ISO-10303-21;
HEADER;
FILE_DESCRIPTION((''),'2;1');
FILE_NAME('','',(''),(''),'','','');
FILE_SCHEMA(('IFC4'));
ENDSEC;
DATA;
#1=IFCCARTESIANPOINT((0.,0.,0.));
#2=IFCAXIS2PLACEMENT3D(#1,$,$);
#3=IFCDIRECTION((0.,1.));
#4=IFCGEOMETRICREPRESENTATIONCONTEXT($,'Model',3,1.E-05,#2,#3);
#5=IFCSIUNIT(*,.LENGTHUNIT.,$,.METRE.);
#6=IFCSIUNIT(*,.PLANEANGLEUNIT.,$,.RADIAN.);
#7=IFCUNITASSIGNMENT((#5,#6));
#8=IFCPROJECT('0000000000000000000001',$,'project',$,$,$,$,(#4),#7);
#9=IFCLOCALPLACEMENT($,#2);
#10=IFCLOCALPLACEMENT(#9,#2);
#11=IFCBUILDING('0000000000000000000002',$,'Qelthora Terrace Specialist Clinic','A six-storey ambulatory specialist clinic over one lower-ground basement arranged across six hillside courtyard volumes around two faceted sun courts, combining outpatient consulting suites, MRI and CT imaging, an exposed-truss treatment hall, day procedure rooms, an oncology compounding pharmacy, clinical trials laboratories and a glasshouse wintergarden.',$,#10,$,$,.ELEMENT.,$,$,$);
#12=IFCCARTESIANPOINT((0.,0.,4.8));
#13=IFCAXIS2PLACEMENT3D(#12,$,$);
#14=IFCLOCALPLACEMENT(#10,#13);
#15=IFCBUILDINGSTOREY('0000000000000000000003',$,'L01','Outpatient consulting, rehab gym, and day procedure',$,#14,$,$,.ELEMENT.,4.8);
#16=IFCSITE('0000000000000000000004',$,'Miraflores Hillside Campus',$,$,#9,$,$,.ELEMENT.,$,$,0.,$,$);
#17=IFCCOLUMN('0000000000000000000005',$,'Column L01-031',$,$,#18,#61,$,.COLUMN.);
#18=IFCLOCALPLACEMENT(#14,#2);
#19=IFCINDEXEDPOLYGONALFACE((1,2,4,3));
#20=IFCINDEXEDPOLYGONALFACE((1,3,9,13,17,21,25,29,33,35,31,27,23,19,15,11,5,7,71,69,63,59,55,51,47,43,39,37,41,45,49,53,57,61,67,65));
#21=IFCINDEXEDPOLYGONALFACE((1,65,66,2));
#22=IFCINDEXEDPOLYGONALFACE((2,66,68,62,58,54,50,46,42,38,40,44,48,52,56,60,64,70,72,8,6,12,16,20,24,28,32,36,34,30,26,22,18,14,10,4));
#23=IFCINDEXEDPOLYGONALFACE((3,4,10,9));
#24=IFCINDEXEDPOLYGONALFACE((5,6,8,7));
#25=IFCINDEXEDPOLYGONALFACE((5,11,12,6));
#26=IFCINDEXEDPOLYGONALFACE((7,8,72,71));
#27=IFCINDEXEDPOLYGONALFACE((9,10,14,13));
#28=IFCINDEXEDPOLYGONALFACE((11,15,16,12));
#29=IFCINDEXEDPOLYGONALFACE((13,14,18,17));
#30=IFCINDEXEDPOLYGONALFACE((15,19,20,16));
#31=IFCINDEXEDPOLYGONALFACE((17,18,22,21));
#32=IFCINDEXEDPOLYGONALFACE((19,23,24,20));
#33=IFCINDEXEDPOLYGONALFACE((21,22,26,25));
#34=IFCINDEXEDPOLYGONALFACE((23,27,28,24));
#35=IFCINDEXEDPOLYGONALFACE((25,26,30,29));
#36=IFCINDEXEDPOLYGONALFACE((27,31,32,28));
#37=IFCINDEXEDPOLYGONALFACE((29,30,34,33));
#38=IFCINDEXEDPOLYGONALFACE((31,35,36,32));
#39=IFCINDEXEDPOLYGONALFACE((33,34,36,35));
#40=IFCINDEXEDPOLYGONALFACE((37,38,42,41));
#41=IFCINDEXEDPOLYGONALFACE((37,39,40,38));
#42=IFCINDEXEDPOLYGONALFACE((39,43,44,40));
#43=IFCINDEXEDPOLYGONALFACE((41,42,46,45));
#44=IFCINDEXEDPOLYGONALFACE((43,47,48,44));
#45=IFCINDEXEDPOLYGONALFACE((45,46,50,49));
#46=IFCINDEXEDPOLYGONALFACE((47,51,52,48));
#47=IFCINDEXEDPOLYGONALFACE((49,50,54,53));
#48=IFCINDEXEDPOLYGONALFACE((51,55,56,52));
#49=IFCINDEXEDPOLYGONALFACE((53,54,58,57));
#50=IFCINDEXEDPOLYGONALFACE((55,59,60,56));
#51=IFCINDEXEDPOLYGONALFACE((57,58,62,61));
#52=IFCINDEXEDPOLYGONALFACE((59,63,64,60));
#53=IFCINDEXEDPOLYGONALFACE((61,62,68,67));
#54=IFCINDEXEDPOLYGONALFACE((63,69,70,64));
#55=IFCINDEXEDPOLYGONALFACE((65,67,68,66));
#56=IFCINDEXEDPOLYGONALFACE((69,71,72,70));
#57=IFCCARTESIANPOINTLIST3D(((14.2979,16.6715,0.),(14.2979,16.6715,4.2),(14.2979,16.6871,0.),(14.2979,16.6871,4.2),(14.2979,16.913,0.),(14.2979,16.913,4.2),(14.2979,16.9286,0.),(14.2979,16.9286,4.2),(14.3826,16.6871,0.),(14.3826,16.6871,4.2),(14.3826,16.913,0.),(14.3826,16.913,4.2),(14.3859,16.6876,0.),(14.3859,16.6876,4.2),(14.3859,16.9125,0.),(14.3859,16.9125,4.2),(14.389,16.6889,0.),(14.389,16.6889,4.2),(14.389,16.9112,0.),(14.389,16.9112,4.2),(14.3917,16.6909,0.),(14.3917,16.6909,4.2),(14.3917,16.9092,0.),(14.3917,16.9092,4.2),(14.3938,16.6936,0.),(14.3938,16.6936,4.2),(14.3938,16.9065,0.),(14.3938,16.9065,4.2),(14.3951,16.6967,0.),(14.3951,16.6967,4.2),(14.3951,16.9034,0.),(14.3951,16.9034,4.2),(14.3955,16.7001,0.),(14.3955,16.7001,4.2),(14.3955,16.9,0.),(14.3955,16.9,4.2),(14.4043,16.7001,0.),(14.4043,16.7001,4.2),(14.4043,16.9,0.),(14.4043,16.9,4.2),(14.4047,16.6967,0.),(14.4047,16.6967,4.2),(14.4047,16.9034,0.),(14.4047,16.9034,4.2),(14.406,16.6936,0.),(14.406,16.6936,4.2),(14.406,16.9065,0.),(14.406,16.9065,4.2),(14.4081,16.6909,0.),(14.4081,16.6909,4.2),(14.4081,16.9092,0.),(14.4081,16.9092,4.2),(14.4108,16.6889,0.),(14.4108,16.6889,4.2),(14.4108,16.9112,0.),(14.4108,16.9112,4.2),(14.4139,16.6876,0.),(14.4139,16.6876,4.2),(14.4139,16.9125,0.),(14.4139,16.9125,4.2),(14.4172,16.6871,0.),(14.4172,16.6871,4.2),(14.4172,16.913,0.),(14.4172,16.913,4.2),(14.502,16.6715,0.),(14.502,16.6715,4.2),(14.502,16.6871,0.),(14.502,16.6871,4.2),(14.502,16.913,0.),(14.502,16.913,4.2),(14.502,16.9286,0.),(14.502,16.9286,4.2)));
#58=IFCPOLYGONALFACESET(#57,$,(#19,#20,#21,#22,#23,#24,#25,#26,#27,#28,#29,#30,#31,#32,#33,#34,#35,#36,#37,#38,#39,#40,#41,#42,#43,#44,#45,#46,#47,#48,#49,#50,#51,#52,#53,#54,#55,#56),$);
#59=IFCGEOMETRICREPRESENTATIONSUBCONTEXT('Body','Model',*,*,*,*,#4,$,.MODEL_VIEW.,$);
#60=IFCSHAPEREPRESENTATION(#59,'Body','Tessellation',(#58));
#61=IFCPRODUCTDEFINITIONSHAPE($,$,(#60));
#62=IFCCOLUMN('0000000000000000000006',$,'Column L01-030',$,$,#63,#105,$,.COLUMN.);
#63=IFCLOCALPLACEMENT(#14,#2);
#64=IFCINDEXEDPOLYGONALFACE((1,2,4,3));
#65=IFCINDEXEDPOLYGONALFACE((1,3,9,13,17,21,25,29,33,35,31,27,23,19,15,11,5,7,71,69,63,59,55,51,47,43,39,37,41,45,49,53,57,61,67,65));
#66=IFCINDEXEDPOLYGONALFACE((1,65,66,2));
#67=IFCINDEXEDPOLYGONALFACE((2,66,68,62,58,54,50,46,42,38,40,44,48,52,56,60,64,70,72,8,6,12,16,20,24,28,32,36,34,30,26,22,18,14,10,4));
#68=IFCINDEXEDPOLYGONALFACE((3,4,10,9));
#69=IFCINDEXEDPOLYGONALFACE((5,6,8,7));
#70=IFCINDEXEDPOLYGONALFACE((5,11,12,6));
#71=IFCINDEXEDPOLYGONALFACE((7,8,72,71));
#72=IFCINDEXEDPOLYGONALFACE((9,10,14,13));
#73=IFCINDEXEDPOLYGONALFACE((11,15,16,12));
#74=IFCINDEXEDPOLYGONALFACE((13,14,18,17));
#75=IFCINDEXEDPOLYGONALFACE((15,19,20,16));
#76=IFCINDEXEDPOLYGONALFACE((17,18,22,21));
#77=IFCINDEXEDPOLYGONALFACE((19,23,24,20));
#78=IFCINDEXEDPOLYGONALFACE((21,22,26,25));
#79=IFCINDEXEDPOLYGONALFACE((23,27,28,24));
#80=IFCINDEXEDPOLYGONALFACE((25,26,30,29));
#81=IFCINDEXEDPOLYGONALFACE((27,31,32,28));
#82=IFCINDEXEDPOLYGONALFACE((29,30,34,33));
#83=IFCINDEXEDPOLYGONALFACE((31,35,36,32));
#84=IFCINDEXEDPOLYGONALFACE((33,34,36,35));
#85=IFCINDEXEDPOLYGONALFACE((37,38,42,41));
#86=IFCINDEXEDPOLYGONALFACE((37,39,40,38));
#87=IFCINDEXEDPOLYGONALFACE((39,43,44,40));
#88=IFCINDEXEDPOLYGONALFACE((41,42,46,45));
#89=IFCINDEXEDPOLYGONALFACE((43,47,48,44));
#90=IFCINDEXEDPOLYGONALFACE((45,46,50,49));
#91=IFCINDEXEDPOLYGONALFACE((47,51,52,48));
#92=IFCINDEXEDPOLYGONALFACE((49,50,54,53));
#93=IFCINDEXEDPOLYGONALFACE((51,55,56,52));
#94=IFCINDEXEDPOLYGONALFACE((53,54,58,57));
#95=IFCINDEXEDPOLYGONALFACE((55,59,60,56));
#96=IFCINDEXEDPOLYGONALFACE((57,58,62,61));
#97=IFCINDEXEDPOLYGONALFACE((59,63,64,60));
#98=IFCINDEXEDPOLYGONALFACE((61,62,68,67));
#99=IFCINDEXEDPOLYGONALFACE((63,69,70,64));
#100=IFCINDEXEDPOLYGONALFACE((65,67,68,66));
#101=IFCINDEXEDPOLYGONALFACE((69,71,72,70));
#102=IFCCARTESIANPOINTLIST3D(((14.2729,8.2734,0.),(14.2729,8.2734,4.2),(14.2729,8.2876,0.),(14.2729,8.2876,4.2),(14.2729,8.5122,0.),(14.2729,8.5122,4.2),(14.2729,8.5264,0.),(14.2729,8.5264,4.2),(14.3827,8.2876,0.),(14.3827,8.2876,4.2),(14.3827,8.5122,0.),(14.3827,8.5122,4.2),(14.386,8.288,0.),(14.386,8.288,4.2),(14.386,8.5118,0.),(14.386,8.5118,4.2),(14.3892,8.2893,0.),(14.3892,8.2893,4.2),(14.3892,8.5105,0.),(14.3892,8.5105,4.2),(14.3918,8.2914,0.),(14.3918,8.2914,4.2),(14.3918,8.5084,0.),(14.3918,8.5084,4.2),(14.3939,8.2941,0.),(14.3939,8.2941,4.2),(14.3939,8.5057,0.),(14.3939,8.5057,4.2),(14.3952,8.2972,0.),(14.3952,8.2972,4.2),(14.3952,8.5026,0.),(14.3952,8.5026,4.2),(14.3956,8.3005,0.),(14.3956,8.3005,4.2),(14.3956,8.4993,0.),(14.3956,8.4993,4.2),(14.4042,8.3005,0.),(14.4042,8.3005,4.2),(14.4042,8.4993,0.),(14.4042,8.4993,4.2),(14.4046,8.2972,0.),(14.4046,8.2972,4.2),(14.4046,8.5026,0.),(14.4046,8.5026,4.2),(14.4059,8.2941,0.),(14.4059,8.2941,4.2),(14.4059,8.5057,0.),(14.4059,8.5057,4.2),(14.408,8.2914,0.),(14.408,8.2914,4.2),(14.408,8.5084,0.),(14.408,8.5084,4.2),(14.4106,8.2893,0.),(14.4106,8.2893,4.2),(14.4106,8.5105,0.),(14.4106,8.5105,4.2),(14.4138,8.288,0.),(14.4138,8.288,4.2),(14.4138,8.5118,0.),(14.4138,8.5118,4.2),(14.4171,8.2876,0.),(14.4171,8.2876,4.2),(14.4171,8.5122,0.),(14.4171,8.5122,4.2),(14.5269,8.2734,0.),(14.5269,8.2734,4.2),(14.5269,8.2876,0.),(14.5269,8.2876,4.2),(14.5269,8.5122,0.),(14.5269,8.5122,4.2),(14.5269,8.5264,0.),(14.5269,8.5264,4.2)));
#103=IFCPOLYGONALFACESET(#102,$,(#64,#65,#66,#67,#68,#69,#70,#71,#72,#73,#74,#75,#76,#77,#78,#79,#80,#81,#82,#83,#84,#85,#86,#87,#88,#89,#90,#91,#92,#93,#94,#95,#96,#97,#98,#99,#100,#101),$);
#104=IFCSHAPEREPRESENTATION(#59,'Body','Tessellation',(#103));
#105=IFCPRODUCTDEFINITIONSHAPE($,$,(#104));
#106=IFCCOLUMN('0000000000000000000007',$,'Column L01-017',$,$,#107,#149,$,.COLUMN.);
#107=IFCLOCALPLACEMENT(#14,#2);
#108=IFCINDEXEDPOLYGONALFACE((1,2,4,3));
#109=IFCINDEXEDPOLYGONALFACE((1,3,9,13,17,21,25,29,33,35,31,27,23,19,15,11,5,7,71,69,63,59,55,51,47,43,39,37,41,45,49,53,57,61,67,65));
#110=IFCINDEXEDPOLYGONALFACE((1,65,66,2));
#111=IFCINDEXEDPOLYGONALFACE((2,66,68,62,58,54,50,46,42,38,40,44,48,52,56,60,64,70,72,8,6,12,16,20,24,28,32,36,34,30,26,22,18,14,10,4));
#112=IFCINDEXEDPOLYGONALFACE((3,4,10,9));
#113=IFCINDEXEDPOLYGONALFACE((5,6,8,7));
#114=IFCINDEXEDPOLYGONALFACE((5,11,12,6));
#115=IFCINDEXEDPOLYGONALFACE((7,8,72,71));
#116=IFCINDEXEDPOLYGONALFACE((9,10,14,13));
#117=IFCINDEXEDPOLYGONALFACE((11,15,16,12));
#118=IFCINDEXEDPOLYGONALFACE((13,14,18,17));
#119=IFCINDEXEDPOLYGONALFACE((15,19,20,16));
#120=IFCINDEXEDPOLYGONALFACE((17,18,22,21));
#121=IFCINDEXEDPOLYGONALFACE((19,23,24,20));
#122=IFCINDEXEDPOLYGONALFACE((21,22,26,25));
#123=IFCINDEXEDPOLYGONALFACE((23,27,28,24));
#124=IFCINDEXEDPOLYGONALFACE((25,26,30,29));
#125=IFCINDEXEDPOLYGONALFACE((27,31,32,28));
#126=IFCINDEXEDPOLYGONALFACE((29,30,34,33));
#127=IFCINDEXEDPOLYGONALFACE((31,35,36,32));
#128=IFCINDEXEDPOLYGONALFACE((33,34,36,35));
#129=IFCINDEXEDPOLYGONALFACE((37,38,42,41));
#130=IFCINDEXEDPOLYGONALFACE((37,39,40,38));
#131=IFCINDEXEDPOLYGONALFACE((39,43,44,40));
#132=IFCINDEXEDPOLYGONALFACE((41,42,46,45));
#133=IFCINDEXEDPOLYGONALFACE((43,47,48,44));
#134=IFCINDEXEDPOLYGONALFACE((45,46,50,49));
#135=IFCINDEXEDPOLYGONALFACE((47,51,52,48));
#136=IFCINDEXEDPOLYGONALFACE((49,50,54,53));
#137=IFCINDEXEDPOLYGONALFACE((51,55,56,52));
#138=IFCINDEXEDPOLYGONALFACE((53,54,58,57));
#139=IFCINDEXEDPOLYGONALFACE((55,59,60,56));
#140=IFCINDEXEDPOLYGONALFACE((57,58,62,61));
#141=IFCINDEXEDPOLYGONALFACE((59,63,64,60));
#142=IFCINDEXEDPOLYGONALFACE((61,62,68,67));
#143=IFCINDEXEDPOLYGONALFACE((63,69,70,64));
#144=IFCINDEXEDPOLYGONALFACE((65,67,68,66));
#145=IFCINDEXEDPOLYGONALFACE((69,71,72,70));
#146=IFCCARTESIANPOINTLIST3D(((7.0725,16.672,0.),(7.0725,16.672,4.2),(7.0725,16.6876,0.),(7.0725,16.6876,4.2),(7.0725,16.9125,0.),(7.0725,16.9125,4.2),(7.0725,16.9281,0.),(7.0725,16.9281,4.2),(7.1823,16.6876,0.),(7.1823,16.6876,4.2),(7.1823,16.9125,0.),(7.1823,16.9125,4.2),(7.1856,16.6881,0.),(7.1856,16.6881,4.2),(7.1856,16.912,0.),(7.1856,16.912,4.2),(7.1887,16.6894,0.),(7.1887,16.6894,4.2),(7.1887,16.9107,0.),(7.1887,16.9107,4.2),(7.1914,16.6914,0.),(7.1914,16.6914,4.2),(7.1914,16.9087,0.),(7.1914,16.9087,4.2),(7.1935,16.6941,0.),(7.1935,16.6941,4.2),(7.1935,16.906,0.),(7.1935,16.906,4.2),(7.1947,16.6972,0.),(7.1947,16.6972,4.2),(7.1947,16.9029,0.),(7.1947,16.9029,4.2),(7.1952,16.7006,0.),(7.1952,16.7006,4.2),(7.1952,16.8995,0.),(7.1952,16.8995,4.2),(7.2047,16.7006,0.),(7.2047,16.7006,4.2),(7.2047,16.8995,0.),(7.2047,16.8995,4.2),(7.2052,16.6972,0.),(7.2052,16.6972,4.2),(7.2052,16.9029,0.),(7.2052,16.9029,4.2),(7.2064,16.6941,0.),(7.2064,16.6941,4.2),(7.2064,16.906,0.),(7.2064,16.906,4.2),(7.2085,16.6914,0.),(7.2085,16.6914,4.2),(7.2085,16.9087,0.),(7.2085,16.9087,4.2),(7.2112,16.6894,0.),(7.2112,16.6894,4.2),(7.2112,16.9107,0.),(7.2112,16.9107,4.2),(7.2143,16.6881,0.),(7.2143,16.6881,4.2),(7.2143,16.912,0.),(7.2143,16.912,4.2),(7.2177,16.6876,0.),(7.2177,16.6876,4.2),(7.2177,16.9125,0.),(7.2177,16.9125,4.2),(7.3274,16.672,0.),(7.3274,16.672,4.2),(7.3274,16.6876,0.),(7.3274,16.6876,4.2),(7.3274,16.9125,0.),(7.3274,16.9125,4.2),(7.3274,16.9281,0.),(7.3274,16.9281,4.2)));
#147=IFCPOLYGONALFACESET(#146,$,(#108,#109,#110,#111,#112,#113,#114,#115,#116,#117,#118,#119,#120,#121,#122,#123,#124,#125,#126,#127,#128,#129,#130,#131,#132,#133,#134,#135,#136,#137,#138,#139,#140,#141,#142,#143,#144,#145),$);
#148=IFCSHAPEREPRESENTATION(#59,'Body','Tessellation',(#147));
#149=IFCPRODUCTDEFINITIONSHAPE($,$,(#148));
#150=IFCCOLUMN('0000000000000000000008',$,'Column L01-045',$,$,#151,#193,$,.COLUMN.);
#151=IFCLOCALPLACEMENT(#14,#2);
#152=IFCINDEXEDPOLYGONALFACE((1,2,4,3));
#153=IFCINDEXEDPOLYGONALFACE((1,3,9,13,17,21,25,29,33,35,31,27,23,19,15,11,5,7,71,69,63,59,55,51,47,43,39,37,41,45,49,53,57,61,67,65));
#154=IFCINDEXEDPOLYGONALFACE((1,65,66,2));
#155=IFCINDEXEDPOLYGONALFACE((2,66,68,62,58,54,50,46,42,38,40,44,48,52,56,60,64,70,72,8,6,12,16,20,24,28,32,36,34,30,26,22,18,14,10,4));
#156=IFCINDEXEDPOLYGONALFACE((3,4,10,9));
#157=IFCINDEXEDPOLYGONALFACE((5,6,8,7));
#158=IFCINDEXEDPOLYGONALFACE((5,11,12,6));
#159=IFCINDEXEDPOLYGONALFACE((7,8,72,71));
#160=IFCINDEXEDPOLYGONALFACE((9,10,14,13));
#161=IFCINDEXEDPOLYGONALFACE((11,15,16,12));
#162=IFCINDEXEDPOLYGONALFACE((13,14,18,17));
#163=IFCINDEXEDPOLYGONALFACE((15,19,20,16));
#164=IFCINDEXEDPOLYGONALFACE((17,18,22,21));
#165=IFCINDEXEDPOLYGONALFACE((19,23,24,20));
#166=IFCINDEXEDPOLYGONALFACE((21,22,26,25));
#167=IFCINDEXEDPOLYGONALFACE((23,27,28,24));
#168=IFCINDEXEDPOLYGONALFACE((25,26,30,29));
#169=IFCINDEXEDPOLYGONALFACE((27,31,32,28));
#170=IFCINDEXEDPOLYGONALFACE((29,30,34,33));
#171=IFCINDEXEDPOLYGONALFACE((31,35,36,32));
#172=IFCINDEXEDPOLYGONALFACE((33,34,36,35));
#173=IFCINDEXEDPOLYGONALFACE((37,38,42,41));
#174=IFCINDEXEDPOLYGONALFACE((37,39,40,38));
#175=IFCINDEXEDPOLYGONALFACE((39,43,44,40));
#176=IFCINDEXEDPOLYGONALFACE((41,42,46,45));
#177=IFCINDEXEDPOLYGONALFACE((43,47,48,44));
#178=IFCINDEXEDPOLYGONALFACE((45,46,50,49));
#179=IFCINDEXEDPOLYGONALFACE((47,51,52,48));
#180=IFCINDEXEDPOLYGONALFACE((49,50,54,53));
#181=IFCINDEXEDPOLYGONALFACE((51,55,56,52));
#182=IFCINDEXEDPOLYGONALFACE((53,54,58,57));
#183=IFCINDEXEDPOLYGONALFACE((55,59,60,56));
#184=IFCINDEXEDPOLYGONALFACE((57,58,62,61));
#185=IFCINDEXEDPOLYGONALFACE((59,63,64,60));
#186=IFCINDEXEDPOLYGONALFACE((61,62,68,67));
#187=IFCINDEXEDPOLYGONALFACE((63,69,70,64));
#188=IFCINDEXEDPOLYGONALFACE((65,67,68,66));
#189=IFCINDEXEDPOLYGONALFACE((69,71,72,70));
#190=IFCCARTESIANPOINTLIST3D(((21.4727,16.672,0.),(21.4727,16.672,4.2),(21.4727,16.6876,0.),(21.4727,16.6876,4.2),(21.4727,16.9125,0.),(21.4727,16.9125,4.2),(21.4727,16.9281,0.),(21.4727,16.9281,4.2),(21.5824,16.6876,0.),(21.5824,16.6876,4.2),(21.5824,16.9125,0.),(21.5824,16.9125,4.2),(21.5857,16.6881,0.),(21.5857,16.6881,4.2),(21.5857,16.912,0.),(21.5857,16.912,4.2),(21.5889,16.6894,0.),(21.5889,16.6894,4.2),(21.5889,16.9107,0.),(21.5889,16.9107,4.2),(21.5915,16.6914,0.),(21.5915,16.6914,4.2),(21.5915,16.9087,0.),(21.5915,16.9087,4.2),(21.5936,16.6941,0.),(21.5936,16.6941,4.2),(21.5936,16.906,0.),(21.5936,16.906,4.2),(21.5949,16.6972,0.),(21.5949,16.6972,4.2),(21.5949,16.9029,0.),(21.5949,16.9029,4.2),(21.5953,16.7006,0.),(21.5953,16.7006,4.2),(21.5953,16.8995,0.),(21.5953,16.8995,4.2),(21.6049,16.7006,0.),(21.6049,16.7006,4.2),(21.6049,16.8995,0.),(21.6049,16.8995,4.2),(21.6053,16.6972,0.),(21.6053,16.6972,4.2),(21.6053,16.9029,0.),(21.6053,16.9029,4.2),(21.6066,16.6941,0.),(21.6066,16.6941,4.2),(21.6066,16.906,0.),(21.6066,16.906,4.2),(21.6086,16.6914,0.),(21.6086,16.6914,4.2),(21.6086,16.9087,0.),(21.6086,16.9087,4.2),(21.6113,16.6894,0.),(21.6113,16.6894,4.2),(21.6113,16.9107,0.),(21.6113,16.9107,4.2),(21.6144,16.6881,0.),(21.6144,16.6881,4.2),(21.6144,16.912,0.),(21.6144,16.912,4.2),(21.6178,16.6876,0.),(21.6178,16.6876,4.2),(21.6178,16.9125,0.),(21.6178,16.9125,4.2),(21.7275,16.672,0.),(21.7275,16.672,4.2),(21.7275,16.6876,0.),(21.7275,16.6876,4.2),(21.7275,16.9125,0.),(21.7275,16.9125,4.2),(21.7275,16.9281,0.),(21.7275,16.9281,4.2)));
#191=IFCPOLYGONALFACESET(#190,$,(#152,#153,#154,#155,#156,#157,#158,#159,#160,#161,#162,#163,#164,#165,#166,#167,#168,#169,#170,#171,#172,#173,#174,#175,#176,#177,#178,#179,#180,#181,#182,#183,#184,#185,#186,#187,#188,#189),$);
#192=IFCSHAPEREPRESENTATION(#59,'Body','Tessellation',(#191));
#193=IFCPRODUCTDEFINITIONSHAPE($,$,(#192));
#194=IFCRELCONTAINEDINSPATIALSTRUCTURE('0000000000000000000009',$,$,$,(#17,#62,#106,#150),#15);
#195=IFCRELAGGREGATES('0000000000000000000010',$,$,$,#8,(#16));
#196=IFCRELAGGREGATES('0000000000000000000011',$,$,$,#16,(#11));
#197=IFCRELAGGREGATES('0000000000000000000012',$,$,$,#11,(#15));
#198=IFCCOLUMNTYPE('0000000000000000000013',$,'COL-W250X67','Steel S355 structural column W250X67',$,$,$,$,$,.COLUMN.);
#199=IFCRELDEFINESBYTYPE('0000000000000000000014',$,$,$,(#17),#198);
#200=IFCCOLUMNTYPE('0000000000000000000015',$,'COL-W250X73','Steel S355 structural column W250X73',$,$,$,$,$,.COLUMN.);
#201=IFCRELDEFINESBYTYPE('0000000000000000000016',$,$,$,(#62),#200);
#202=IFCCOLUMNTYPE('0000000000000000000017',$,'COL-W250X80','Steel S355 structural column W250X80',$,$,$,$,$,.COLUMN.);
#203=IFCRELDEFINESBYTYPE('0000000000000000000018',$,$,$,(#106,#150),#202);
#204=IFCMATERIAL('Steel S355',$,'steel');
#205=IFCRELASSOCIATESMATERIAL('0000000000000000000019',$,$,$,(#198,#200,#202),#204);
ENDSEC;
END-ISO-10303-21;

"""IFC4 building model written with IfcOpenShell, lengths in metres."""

from ifc_helpers import new_model, si_unit, direction, frame, origin, origin_2d, place, context, subcontext, project, spatial, i_section, extrude, material, material_profile, profile_set, type_object, element, save


model = new_model("IFC4")

# Units and contexts
model_context = context("Model", 3, precision=1e-05, world=origin(), true_north=direction((0.0, 1.0)))
body_context = subcontext(model_context, "Body", "Model", "MODEL_VIEW")
ifc_project = project(units=[si_unit("LENGTHUNIT", "METRE"), si_unit("PLANEANGLEUNIT", "RADIAN")], contexts=[model_context])

# Site, building, storey
site_placement = place(None, origin())
site = spatial("IfcSite", under=ifc_project, at=site_placement, Name="Miraflores Hillside Campus", CompositionType="ELEMENT", RefElevation=0.0)
building_placement = place(site_placement, origin())
building = spatial("IfcBuilding", under=site, at=building_placement, Name="Qelthora Terrace Specialist Clinic", Description="A six-storey ambulatory specialist clinic over one lower-ground basement arranged across six hillside courtyard volumes around two faceted sun courts, combining outpatient consulting suites, MRI and CT imaging, an exposed-truss treatment hall, day procedure rooms, an oncology compounding pharmacy, clinical trials laboratories and a glasshouse wintergarden.", CompositionType="ELEMENT")
storey_placement = place(building_placement, frame((0.0, 0.0, 4.8)))
storey = spatial("IfcBuildingStorey", under=building, at=storey_placement, Name="L01", Description="Outpatient consulting, rehab gym, and day procedure", CompositionType="ELEMENT", Elevation=4.8)

# Columns
ifc_material_1 = material(Name="Steel S355", Category="steel")
ifc_material_profile_1 = material_profile(ifc_material_1, i_section(OverallWidth=0.2041, OverallDepth=0.2571, WebThickness=0.0088, FlangeThickness=0.0156, FilletRadius=0.0129, at=origin_2d()), Name="W250X67")
ifc_profile_set_1 = profile_set([ifc_material_profile_1], Name="Steel S355")
column_type_1 = type_object("IfcColumnType", Name="COL-W250X67", Description="Steel S355 structural column W250X67", PredefinedType="COLUMN", material=ifc_profile_set_1)
column_1_placement = place(storey_placement, frame((14.3999, 16.8, 0.0), z_axis=(0.0, 0.0, 1.0), x_axis=(1.0, 0.0, 0.0)))
element("IfcColumn", 1, at=column_1_placement, inside=storey, type_object=column_type_1, Name="Column L01-031", PredefinedType="COLUMN", context=body_context, shape_type="SweptSolid", body=[
    extrude(i_section(OverallWidth=0.2041, OverallDepth=0.2571, WebThickness=0.0088, FlangeThickness=0.0156, FilletRadius=0.0129, at=origin_2d()), origin(), (0.0, 0.0, 1.0), 4.2),
])
ifc_material_profile_2 = material_profile(ifc_material_1, i_section(OverallWidth=0.2539, OverallDepth=0.2529, WebThickness=0.0085, FlangeThickness=0.0142, FilletRadius=0.0129, at=origin_2d()), Name="W250X73")
ifc_profile_set_2 = profile_set([ifc_material_profile_2], Name="Steel S355")
column_type_2 = type_object("IfcColumnType", Name="COL-W250X73", Description="Steel S355 structural column W250X73", PredefinedType="COLUMN", material=ifc_profile_set_2)
column_2_placement = place(storey_placement, frame((14.3999, 8.3999, 0.0), z_axis=(0.0, 0.0, 1.0), x_axis=(1.0, 0.0, 0.0)))
element("IfcColumn", 2, at=column_2_placement, inside=storey, type_object=column_type_2, Name="Column L01-030", PredefinedType="COLUMN", context=body_context, shape_type="SweptSolid", body=[
    extrude(i_section(OverallWidth=0.2539, OverallDepth=0.2529, WebThickness=0.0085, FlangeThickness=0.0142, FilletRadius=0.0129, at=origin_2d()), origin(), (0.0, 0.0, 1.0), 4.2),
])
ifc_material_profile_3 = material_profile(ifc_material_1, i_section(OverallWidth=0.2549, OverallDepth=0.2561, WebThickness=0.0095, FlangeThickness=0.0156, FilletRadius=0.0129, at=origin_2d()), Name="W250X80")
ifc_profile_set_3 = profile_set([ifc_material_profile_3], Name="Steel S355")
column_type_3 = type_object("IfcColumnType", Name="COL-W250X80", Description="Steel S355 structural column W250X80", PredefinedType="COLUMN", material=ifc_profile_set_3)
for number, where, z_axis, x_axis, name in (
    (3, (7.2, 16.8, 0.0), (0.0, 0.0, 1.0), (1.0, 0.0, 0.0), "Column L01-017"),
    (4, (21.6001, 16.8, 0.0), (0.0, 0.0, 1.0), (1.0, 0.0, 0.0), "Column L01-045"),
):
    element("IfcColumn", number, at=place(storey_placement, frame(where, z_axis=z_axis, x_axis=x_axis)), inside=storey, type_object=column_type_3, Name=name, PredefinedType="COLUMN", context=body_context, shape_type="SweptSolid", body=[
        extrude(i_section(OverallWidth=0.2549, OverallDepth=0.2561, WebThickness=0.0095, FlangeThickness=0.0156, FilletRadius=0.0129, at=origin_2d()), origin(), (0.0, 0.0, 1.0), 4.2),
    ])

save(model, "model.ifc")
